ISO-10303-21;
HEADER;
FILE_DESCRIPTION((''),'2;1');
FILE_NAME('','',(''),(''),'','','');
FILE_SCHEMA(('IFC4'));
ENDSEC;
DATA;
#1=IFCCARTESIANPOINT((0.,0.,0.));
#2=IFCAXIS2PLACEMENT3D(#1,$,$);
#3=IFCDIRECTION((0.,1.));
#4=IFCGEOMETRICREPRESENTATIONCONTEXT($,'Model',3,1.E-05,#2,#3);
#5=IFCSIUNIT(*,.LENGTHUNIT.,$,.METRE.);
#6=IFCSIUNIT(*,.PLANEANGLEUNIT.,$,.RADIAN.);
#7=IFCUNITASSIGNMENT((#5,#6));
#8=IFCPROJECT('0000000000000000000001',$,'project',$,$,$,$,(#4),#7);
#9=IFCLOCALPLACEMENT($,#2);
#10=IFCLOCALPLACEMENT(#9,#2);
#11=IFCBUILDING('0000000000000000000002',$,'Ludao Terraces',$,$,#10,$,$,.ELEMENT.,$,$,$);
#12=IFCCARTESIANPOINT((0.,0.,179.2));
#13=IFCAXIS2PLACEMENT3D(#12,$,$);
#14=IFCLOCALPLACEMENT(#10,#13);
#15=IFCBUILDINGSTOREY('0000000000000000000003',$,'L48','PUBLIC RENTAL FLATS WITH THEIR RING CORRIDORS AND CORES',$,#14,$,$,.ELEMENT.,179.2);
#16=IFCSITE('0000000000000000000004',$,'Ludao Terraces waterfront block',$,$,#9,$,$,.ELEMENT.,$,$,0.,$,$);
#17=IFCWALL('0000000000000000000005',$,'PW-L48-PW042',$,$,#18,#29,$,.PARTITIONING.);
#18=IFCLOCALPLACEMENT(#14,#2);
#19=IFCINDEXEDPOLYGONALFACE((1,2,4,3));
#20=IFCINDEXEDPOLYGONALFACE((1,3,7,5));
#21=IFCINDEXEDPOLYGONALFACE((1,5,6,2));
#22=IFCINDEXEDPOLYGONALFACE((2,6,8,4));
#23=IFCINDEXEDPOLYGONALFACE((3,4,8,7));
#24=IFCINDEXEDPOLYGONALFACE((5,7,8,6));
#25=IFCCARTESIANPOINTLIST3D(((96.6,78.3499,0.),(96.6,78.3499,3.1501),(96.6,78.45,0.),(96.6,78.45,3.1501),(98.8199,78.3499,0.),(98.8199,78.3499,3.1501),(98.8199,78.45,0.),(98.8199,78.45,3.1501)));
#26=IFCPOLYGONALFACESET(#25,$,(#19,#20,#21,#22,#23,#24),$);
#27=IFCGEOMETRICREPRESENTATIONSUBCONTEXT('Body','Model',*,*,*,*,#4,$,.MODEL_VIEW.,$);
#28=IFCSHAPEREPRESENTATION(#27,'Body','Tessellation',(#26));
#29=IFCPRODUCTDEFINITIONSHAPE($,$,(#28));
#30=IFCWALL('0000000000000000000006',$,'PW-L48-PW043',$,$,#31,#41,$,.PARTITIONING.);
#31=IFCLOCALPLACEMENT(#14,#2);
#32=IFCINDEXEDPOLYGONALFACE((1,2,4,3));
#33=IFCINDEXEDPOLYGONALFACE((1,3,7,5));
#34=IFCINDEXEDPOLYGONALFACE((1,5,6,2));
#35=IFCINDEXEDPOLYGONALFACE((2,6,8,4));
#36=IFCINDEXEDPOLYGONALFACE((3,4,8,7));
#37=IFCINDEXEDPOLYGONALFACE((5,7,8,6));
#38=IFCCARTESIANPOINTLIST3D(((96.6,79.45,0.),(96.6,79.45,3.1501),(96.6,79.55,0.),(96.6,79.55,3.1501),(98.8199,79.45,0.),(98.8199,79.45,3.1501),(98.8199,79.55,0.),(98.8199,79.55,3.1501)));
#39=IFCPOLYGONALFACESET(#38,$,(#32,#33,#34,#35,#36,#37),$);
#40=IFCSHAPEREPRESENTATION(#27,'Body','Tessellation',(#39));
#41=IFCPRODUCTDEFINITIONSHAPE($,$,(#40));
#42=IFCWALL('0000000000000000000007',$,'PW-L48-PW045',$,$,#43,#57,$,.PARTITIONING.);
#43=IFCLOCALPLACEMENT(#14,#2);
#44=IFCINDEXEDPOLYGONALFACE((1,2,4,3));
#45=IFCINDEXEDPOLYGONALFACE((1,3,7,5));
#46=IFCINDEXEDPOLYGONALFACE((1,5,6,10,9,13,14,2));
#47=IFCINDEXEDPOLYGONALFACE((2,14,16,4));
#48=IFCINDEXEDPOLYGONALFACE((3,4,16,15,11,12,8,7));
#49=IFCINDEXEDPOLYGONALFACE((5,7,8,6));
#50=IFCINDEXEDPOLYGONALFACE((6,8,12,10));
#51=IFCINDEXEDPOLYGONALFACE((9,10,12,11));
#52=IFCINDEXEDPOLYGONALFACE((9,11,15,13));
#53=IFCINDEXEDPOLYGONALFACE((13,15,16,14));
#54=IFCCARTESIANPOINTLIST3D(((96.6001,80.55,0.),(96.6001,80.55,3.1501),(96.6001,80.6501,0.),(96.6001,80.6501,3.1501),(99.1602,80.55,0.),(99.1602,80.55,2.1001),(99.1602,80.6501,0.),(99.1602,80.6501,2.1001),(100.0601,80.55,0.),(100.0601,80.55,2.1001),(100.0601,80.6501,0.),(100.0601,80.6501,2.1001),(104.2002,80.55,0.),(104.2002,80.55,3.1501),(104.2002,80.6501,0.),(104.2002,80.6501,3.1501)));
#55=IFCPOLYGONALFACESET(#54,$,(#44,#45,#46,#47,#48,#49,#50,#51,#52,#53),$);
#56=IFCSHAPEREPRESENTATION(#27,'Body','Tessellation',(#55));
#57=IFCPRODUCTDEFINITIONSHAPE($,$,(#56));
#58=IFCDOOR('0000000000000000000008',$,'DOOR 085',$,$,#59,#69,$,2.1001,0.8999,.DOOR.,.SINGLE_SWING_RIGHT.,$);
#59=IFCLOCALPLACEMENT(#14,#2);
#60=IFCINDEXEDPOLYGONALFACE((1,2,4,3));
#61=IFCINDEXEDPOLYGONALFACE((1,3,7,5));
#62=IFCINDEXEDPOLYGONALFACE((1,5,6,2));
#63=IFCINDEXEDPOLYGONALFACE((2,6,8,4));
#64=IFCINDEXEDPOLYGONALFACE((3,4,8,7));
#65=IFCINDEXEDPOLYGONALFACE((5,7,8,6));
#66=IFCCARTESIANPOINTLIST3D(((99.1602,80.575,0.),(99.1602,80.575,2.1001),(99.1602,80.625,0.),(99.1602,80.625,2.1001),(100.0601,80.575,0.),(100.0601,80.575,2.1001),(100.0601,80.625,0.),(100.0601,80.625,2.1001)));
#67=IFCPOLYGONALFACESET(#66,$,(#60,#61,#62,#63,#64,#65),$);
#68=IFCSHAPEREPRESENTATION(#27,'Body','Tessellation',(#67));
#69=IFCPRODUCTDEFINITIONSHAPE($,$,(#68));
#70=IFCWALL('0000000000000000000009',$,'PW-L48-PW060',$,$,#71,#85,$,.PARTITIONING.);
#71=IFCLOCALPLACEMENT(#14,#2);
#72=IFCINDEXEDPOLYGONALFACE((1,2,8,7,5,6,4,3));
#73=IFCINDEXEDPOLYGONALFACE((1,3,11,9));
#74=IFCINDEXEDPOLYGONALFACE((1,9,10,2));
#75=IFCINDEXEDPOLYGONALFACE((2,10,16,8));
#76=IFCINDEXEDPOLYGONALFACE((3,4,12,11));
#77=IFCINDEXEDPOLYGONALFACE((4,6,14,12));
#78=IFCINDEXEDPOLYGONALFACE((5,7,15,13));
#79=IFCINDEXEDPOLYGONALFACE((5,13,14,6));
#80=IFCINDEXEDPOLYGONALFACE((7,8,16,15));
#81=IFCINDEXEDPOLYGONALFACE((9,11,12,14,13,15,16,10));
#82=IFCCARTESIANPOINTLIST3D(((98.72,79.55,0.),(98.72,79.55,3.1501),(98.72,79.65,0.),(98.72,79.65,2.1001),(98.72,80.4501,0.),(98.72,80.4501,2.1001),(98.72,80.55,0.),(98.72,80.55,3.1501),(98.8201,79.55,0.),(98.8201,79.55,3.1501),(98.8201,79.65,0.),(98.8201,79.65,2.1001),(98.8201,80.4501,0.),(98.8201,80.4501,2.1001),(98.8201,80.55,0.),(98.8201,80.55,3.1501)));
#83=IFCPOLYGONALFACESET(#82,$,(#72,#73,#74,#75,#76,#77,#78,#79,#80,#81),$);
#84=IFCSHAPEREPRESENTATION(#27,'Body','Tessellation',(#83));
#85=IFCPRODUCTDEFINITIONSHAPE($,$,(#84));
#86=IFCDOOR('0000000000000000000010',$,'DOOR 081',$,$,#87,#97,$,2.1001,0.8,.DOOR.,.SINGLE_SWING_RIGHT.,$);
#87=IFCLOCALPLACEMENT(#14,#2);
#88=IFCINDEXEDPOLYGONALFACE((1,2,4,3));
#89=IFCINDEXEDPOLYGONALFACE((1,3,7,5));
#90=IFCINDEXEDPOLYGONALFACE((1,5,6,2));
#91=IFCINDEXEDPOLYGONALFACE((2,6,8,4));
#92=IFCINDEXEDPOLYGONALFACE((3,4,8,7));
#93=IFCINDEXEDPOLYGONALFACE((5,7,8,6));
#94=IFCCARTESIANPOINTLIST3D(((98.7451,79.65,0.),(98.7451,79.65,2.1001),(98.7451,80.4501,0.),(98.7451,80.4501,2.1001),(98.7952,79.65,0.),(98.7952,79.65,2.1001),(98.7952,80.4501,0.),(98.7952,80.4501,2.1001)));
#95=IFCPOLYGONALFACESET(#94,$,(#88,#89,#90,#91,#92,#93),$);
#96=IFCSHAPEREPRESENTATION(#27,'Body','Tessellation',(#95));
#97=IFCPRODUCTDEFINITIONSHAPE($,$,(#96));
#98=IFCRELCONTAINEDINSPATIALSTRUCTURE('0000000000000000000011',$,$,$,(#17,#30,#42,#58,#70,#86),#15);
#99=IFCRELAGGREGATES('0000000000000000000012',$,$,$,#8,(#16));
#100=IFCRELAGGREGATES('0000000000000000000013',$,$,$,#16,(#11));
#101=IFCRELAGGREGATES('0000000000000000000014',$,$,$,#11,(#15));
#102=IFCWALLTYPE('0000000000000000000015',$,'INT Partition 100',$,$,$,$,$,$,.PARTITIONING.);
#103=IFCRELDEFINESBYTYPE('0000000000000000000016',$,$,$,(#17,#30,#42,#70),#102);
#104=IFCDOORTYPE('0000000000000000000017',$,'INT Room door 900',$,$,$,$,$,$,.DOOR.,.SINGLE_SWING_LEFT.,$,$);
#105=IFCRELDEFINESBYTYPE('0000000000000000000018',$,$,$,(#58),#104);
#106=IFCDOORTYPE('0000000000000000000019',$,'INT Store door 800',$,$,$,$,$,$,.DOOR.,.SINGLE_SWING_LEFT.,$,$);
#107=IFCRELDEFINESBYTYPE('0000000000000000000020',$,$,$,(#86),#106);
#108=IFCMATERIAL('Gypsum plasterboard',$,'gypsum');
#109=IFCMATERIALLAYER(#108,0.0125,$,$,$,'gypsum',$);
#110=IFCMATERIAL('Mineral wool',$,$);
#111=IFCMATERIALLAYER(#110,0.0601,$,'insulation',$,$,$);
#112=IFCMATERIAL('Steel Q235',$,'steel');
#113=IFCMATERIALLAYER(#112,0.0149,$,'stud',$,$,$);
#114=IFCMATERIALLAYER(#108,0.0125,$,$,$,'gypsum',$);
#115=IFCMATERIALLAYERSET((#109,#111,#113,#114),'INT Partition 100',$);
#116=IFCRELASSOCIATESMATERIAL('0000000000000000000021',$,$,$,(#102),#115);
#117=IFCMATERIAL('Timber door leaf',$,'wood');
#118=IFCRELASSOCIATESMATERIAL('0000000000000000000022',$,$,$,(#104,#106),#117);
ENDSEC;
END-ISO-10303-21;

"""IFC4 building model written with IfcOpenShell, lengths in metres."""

from ifc_helpers import new_model, si_unit, direction, frame, frame_2d, origin, place, context, subcontext, project, spatial, rectangle, extrude, material, layer, layer_set, type_object, element, fill, save


model = new_model("IFC4")

# Units and contexts
model_context = context("Model", 3, precision=1e-05, world=origin(), true_north=direction((0.0, 1.0)))
body_context = subcontext(model_context, "Body", "Model", "MODEL_VIEW")
ifc_project = project(units=[si_unit("LENGTHUNIT", "METRE"), si_unit("PLANEANGLEUNIT", "RADIAN")], contexts=[model_context])

# Site, building, storey
site_placement = place(None, origin())
site = spatial("IfcSite", under=ifc_project, at=site_placement, Name="Ludao Terraces waterfront block", CompositionType="ELEMENT", RefElevation=0.0)
building_placement = place(site_placement, origin())
building = spatial("IfcBuilding", under=site, at=building_placement, Name="Ludao Terraces", CompositionType="ELEMENT")
storey_placement = place(building_placement, frame((0.0, 0.0, 179.2)))
storey = spatial("IfcBuildingStorey", under=building, at=storey_placement, Name="L48", Description="PUBLIC RENTAL FLATS WITH THEIR RING CORRIDORS AND CORES", CompositionType="ELEMENT", Elevation=179.2)

# Shared definitions
ifc_material_1 = material(Name="Steel Q235", Category="steel")

# Shared definitions
ifc_material_2 = material(Name="Mineral wool")

# Walls
ifc_material_3 = material(Name="Gypsum plasterboard", Category="gypsum")
ifc_layer_1 = layer(ifc_material_3, 0.0125, Category="gypsum")
ifc_layer_2 = layer(ifc_material_2, 0.0601, Name="insulation")
ifc_layer_3 = layer(ifc_material_1, 0.0149, Name="stud")
ifc_layer_4 = layer(ifc_material_3, 0.0125, Category="gypsum")
ifc_layer_set_1 = layer_set([ifc_layer_1, ifc_layer_2, ifc_layer_3, ifc_layer_4], Name="INT Partition 100")
wall_type_1 = type_object("IfcWallType", Name="INT Partition 100", PredefinedType="PARTITIONING", material=ifc_layer_set_1)
for number, where, z_axis, x_axis, name in (
    (1, (96.6001, 78.3999, 0.0), (0.0, 0.0, 1.0), (1.0, 0.0, 0.0), "PW-L48-PW042"),
    (2, (96.6001, 79.5, 0.0), (0.0, 0.0, 1.0), (1.0, 0.0, 0.0), "PW-L48-PW043"),
):
    element("IfcWall", number, at=place(storey_placement, frame(where, z_axis=z_axis, x_axis=x_axis)), inside=storey, type_object=wall_type_1, Name=name, PredefinedType="PARTITIONING", context=body_context, shape_type="SweptSolid", body=[
        extrude(rectangle(XDim=2.22, YDim=0.1001, at=frame_2d((1.1099, 0.0))), origin(), (0.0, 0.0, 1.0), 3.1501),
    ])

# Walls, openings, doors
wall_1_placement = place(storey_placement, frame((96.6001, 80.6001, 0.0), z_axis=(0.0, 0.0, 1.0), x_axis=(1.0, 0.0, 0.0)))
wall_1 = element("IfcWall", 3, at=wall_1_placement, inside=storey, type_object=wall_type_1, Name="PW-L48-PW045", PredefinedType="PARTITIONING", context=body_context, shape_type="SweptSolid", body=[
    extrude(rectangle(XDim=7.6001, YDim=0.1001, at=frame_2d((3.8, 0.0))), origin(), (0.0, 0.0, 1.0), 3.1501),
])
opening_1_placement = place(wall_1_placement, frame((2.5601, 0.0, 0.0)))
opening_1 = element("IfcOpeningElement", 4, at=opening_1_placement, cuts=wall_1, PredefinedType="OPENING", context=body_context, shape_type="SweptSolid", body=[
    extrude(rectangle(XDim=0.8999, YDim=2.1001, at=frame_2d((0.45, 1.05))), frame((0.0, 0.0601, 0.0), z_axis=(0.0, -1.0, 0.0), x_axis=(1.0, 0.0, 0.0)), (0.0, 0.0, 1.0), 0.1201),
])
ifc_material_4 = material(Name="Timber door leaf", Category="wood")
door_type_1 = type_object("IfcDoorType", Name="INT Room door 900", OperationType="SINGLE_SWING_LEFT", PredefinedType="DOOR", material=ifc_material_4)
door_1_placement = place(opening_1_placement, origin())
door_1 = element("IfcDoor", 5, at=door_1_placement, inside=storey, type_object=door_type_1, Name="DOOR 085", OperationType="SINGLE_SWING_RIGHT", OverallHeight=2.1001, OverallWidth=0.8999, PredefinedType="DOOR", context=body_context, shape_type="SweptSolid", body=[
    extrude(rectangle(XDim=0.8999, YDim=2.1001, at=frame_2d((0.45, 1.05))), frame((0.0, 0.0249, 0.0), z_axis=(0.0, -1.0, 0.0), x_axis=(1.0, 0.0, 0.0)), (0.0, 0.0, 1.0), 0.05),
])
fill(opening_1, door_1)
wall_2_placement = place(storey_placement, frame((98.77, 79.55, 0.0), z_axis=(0.0, 0.0, 1.0), x_axis=(0.0, 1.0, 0.0)))
wall_2 = element("IfcWall", 6, at=wall_2_placement, inside=storey, type_object=wall_type_1, Name="PW-L48-PW060", PredefinedType="PARTITIONING", context=body_context, shape_type="SweptSolid", body=[
    extrude(rectangle(XDim=1.0, YDim=0.1001, at=frame_2d((0.5, 0.0))), origin(), (0.0, 0.0, 1.0), 3.1501),
])
opening_2_placement = place(wall_2_placement, frame((0.1001, 0.0, 0.0)))
opening_2 = element("IfcOpeningElement", 7, at=opening_2_placement, cuts=wall_2, PredefinedType="OPENING", context=body_context, shape_type="SweptSolid", body=[
    extrude(rectangle(XDim=0.8, YDim=2.1001, at=frame_2d((0.3999, 1.05))), frame((0.0, 0.0601, 0.0), z_axis=(0.0, -1.0, 0.0), x_axis=(1.0, 0.0, 0.0)), (0.0, 0.0, 1.0), 0.1201),
])
door_type_2 = type_object("IfcDoorType", Name="INT Store door 800", OperationType="SINGLE_SWING_LEFT", PredefinedType="DOOR", material=ifc_material_4)
door_2_placement = place(opening_2_placement, origin())
door_2 = element("IfcDoor", 8, at=door_2_placement, inside=storey, type_object=door_type_2, Name="DOOR 081", OperationType="SINGLE_SWING_RIGHT", OverallHeight=2.1001, OverallWidth=0.8, PredefinedType="DOOR", context=body_context, shape_type="SweptSolid", body=[
    extrude(rectangle(XDim=0.8, YDim=2.1001, at=frame_2d((0.3999, 1.05))), frame((0.0, 0.0249, 0.0), z_axis=(0.0, -1.0, 0.0), x_axis=(1.0, 0.0, 0.0)), (0.0, 0.0, 1.0), 0.05),
])
fill(opening_2, door_2)

save(model, "model.ifc")
